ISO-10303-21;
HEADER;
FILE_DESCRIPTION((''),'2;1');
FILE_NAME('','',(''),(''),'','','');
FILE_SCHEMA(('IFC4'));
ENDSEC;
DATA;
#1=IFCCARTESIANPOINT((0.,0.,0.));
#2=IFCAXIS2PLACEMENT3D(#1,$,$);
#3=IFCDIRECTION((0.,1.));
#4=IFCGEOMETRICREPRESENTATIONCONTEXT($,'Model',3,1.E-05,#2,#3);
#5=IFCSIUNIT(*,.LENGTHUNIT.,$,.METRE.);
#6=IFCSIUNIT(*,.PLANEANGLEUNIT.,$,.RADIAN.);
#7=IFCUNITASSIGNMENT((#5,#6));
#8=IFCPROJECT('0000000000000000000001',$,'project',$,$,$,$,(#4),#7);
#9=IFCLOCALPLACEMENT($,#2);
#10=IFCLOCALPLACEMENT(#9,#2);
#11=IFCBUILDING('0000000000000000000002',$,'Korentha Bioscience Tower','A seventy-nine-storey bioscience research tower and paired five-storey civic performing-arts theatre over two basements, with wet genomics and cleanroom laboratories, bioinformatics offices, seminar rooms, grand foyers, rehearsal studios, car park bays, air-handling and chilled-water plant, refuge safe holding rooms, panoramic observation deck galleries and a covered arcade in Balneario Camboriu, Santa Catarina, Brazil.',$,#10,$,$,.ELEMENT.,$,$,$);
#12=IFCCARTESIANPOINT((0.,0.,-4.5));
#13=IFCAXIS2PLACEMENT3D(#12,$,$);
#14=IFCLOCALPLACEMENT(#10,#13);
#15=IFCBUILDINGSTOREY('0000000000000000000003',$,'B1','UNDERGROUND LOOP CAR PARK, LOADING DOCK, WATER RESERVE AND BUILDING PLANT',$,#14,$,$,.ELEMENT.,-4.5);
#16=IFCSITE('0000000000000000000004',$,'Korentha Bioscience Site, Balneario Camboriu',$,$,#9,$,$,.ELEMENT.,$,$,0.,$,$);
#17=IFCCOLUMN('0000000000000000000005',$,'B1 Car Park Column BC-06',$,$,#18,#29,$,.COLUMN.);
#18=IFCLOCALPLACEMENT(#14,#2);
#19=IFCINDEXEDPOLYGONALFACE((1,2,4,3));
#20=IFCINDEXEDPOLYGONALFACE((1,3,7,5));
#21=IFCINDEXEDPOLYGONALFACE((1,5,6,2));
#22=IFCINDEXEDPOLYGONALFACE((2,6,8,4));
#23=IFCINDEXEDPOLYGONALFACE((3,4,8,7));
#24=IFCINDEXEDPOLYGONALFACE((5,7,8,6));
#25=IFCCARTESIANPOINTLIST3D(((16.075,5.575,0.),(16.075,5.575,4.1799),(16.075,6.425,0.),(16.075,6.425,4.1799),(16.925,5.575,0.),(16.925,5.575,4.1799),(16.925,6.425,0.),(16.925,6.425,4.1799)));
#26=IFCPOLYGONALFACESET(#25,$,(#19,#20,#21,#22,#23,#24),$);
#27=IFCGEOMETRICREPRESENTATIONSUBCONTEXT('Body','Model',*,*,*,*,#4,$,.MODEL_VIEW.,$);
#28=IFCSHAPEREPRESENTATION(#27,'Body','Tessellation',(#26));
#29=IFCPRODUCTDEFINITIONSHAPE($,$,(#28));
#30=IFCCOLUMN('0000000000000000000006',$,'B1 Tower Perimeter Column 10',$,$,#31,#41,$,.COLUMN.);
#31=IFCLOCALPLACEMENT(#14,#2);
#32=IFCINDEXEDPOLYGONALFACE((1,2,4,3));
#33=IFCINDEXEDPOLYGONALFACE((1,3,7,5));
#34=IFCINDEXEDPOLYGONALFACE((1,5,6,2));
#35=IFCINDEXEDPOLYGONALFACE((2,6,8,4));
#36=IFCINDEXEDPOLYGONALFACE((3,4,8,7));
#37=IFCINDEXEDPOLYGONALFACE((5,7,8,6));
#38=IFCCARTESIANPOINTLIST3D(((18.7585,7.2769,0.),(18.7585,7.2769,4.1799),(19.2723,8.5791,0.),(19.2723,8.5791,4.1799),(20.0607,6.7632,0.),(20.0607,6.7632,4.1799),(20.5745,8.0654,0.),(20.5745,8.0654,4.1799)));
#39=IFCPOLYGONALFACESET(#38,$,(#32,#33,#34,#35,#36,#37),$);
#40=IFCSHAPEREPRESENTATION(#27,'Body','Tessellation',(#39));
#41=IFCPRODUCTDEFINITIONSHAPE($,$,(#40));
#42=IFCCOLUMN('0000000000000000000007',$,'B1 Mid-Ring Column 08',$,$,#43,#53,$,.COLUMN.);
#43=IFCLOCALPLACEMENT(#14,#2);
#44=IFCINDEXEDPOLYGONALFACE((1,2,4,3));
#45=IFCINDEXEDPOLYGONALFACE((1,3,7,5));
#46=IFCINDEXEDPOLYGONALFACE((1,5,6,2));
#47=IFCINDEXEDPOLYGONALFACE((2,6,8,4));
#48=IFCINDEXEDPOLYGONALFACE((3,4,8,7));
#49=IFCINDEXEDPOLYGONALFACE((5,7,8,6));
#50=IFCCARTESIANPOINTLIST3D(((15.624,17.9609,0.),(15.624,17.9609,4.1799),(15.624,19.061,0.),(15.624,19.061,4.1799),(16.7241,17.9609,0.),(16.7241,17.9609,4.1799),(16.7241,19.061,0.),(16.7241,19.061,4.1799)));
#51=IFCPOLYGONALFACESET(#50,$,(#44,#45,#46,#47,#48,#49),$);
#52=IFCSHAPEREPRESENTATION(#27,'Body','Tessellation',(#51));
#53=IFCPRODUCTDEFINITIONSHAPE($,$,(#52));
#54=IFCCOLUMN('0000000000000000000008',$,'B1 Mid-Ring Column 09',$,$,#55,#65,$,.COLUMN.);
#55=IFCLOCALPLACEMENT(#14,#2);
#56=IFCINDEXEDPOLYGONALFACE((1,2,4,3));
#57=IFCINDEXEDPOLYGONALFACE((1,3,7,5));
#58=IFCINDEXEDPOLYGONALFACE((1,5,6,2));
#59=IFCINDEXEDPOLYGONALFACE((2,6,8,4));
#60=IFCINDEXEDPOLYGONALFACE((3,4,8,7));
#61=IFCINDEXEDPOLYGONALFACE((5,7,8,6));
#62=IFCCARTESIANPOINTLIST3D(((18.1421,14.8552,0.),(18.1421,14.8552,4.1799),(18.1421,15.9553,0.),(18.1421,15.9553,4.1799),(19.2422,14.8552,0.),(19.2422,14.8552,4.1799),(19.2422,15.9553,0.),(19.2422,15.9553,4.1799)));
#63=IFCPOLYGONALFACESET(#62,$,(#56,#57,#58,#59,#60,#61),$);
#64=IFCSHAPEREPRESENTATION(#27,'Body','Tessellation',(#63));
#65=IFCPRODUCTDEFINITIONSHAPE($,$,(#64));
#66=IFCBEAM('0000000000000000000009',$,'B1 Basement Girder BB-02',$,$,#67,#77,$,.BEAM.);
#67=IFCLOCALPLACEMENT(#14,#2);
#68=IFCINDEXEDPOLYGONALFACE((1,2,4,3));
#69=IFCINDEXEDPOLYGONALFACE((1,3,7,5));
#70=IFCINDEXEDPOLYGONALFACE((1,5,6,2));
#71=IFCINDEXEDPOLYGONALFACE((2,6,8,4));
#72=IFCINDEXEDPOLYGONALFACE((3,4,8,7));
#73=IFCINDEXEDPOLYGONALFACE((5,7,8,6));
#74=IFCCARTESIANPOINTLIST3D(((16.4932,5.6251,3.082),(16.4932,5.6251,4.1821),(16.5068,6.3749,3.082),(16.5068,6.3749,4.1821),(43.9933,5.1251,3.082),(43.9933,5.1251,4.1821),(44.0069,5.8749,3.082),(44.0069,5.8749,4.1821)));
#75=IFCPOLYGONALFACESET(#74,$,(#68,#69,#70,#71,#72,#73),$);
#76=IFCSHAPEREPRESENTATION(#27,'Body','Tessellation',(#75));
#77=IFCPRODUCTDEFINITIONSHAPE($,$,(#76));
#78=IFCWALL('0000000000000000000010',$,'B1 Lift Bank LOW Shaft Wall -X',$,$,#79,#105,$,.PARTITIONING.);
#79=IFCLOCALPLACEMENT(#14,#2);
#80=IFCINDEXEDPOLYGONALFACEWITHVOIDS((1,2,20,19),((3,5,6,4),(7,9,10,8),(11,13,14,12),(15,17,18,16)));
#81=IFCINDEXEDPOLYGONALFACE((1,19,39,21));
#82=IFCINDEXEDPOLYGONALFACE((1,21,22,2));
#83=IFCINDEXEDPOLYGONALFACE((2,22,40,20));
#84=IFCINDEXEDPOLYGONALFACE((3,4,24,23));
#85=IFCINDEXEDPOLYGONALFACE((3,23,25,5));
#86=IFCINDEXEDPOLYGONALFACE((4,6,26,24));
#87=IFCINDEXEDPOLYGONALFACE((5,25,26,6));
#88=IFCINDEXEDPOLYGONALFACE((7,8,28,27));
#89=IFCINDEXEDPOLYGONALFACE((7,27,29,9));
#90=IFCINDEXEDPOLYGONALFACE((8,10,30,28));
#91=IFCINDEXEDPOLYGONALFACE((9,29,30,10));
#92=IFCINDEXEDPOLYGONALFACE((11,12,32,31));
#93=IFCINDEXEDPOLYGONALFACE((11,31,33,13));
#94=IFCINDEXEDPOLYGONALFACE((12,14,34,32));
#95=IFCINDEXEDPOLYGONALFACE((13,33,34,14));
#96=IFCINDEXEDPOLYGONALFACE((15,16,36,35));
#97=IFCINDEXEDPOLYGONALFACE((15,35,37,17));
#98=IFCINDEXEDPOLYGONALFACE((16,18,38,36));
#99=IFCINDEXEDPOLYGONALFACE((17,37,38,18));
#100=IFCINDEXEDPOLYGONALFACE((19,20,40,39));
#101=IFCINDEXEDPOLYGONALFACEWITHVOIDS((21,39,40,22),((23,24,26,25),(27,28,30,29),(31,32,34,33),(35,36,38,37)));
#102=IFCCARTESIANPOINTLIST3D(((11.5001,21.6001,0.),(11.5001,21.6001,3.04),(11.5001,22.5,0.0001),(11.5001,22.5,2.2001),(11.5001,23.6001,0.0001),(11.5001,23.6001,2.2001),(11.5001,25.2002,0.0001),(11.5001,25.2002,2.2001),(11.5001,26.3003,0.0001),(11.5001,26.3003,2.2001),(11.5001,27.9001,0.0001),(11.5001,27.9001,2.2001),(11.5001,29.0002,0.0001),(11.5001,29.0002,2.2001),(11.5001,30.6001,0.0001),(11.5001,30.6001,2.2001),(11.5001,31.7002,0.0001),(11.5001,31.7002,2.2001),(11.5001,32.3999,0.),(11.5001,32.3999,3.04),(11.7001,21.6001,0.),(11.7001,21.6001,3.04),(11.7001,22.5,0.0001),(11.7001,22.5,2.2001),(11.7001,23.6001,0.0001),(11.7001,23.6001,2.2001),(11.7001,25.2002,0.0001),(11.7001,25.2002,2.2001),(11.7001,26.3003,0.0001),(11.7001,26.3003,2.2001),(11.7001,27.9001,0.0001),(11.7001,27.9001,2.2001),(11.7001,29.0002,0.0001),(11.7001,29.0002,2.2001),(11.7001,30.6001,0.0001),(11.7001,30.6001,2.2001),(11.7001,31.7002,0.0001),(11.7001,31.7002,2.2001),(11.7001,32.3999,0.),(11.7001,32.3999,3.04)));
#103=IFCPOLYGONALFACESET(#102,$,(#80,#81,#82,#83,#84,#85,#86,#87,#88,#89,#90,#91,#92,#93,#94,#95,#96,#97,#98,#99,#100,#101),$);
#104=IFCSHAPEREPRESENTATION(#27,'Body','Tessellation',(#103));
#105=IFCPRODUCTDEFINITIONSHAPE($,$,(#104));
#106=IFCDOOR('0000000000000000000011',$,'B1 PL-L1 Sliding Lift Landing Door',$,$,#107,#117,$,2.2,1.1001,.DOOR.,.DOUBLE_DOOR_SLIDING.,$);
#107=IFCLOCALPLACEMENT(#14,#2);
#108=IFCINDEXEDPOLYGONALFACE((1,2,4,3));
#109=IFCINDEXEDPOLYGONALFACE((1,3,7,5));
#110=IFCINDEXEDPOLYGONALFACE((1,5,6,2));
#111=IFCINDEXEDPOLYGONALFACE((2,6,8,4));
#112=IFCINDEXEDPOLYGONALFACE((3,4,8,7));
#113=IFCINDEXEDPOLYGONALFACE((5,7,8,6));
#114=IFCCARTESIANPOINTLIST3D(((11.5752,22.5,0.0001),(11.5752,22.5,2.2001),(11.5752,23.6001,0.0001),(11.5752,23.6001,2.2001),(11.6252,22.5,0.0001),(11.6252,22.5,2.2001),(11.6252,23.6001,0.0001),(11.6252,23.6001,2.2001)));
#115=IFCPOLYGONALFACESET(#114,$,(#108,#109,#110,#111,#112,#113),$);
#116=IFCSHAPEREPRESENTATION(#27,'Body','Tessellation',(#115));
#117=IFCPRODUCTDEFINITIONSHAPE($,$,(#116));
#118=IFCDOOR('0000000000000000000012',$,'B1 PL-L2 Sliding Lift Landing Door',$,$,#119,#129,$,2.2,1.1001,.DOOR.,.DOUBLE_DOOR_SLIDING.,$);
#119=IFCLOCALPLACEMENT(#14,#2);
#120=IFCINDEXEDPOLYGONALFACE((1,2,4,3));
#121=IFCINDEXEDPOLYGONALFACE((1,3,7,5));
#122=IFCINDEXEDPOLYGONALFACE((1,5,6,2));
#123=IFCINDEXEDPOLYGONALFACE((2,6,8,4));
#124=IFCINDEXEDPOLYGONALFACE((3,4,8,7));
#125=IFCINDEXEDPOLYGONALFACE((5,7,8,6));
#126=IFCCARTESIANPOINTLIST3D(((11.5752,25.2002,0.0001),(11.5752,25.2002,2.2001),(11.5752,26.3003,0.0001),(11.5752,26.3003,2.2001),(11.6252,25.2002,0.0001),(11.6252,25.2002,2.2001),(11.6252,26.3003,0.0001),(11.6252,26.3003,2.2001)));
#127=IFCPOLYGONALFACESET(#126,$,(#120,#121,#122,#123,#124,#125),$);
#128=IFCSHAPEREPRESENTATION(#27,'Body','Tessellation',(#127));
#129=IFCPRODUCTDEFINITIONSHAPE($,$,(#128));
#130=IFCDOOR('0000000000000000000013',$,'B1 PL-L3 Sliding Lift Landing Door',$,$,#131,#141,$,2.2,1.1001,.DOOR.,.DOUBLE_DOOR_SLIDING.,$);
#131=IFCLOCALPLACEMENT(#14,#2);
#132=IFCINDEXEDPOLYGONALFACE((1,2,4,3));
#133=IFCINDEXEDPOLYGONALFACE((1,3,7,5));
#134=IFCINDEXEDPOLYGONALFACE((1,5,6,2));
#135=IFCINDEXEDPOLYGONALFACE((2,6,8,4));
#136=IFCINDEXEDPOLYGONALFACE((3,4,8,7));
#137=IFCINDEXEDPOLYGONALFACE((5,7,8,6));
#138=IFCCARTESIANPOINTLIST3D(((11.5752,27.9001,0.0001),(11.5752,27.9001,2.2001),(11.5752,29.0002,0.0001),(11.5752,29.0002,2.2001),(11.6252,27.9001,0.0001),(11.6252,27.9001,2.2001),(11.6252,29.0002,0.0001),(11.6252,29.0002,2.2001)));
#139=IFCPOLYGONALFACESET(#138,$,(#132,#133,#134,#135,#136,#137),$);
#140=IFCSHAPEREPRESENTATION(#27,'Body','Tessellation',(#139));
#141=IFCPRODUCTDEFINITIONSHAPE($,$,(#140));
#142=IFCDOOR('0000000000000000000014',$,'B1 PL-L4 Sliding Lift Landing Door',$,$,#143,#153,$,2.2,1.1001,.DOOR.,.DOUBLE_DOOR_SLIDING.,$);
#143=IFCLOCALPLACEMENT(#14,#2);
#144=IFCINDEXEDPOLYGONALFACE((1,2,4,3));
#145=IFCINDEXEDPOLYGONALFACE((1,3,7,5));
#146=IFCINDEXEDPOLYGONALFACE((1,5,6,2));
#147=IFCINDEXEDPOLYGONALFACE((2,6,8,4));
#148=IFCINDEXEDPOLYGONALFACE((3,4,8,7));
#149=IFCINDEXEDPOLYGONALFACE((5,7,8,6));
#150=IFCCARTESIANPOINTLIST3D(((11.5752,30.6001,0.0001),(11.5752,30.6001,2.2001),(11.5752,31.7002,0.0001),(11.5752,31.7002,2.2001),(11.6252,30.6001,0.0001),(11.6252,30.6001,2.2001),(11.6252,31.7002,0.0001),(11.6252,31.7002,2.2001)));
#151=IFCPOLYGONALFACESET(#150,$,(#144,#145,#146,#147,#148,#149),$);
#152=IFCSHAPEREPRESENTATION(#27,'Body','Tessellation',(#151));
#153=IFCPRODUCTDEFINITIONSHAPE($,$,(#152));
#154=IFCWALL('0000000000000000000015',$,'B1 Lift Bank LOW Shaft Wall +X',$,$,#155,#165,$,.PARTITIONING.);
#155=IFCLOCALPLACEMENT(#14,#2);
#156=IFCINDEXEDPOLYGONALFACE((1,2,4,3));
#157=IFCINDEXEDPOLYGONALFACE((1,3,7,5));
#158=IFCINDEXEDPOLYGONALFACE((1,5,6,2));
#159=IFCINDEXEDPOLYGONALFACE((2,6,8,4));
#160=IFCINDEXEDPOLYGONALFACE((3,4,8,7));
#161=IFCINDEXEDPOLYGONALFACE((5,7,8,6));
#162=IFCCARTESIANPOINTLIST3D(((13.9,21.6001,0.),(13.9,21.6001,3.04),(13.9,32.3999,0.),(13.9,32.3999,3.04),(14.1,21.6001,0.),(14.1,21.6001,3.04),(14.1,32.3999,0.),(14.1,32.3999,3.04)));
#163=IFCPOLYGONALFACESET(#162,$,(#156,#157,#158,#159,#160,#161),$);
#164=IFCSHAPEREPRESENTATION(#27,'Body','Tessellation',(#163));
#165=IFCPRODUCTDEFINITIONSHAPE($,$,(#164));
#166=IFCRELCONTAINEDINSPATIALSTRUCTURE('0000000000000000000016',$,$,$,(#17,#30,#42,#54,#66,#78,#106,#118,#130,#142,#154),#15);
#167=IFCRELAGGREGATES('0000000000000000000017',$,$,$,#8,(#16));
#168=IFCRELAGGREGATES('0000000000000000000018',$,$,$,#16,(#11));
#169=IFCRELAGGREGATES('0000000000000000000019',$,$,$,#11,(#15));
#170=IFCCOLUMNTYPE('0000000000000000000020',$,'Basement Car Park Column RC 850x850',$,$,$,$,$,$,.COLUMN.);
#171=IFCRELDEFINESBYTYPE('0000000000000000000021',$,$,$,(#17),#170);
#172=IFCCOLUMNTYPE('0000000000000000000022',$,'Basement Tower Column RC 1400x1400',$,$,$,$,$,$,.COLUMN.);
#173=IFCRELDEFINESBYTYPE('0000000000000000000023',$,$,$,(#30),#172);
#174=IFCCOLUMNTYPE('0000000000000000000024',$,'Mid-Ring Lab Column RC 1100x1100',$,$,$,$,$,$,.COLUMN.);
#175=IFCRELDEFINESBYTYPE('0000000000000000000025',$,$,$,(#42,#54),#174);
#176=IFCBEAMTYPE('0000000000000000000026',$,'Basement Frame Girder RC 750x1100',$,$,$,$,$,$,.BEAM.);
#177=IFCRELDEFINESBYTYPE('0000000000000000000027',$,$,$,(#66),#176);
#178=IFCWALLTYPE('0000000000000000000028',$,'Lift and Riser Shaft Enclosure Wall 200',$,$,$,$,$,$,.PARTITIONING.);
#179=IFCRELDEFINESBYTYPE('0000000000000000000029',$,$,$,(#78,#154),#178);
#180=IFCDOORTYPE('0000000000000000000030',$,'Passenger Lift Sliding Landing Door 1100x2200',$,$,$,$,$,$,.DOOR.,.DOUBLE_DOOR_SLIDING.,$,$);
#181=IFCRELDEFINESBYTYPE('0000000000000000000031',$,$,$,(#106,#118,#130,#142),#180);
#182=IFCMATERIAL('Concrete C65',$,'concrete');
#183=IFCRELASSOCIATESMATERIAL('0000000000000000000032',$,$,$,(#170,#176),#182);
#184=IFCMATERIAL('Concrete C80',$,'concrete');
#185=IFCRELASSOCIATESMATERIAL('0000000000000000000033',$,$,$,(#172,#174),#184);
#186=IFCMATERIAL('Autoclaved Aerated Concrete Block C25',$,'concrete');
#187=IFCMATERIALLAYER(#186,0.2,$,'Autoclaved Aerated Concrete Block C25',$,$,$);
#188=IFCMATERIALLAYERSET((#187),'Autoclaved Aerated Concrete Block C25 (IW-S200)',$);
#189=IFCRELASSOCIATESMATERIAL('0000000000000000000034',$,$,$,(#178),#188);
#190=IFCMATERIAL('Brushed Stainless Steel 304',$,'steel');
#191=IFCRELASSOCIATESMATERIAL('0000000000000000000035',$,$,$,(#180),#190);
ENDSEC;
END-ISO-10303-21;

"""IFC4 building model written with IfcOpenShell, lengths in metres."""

from ifc_helpers import new_model, si_unit, direction, frame, frame_2d, origin, origin_2d, place, context, subcontext, project, spatial, rectangle, extrude, material, layer, layer_set, material_profile, profile_set, type_object, element, fill, save


model = new_model("IFC4")

# Units and contexts
model_context = context("Model", 3, precision=1e-05, world=origin(), true_north=direction((0.0, 1.0)))
body_context = subcontext(model_context, "Body", "Model", "MODEL_VIEW")
ifc_project = project(units=[si_unit("LENGTHUNIT", "METRE"), si_unit("PLANEANGLEUNIT", "RADIAN")], contexts=[model_context])

# Site, building, storey
site_placement = place(None, origin())
site = spatial("IfcSite", under=ifc_project, at=site_placement, Name="Korentha Bioscience Site, Balneario Camboriu", CompositionType="ELEMENT", RefElevation=0.0)
building_placement = place(site_placement, origin())
building = spatial("IfcBuilding", under=site, at=building_placement, Name="Korentha Bioscience Tower", Description="A seventy-nine-storey bioscience research tower and paired five-storey civic performing-arts theatre over two basements, with wet genomics and cleanroom laboratories, bioinformatics offices, seminar rooms, grand foyers, rehearsal studios, car park bays, air-handling and chilled-water plant, refuge safe holding rooms, panoramic observation deck galleries and a covered arcade in Balneario Camboriu, Santa Catarina, Brazil.", CompositionType="ELEMENT")
storey_placement = place(building_placement, frame((0.0, 0.0, -4.5)))
storey = spatial("IfcBuildingStorey", under=building, at=storey_placement, Name="B1", Description="UNDERGROUND LOOP CAR PARK, LOADING DOCK, WATER RESERVE AND BUILDING PLANT", CompositionType="ELEMENT", Elevation=-4.5)

# Columns
ifc_material_1 = material(Name="Concrete C65", Category="concrete")
ifc_material_profile_1 = material_profile(ifc_material_1, rectangle(XDim=0.8501, YDim=0.8501, at=origin_2d()), Name="Concrete C65")
ifc_profile_set_1 = profile_set([ifc_material_profile_1], Name="Concrete C65 (BC-01)")
column_type_1 = type_object("IfcColumnType", Name="Basement Car Park Column RC 850x850", PredefinedType="COLUMN", material=ifc_profile_set_1)
column_1_placement = place(storey_placement, frame((16.5, 6.0, 0.0), z_axis=(0.0, 0.0, 1.0), x_axis=(1.0, 0.0, 0.0)))
element("IfcColumn", 1, at=column_1_placement, inside=storey, type_object=column_type_1, Name="B1 Car Park Column BC-06", PredefinedType="COLUMN", context=body_context, shape_type="SweptSolid", body=[
    extrude(rectangle(XDim=0.8501, YDim=0.8501, at=origin_2d()), origin(), (0.0, 0.0, 1.0), 4.1799),
])
ifc_material_2 = material(Name="Concrete C80", Category="concrete")
ifc_material_profile_2 = material_profile(ifc_material_2, rectangle(XDim=1.3999, YDim=1.3999, at=origin_2d()), Name="Concrete C80")
ifc_profile_set_2 = profile_set([ifc_material_profile_2], Name="Concrete C80 (COL-B14)")
column_type_2 = type_object("IfcColumnType", Name="Basement Tower Column RC 1400x1400", PredefinedType="COLUMN", material=ifc_profile_set_2)
column_2_placement = place(storey_placement, frame((19.6665, 7.6711, 0.0), z_axis=(0.0, 0.0, 1.0), x_axis=(-0.930226, 0.366988, 0.0)))
element("IfcColumn", 2, at=column_2_placement, inside=storey, type_object=column_type_2, Name="B1 Tower Perimeter Column 10", PredefinedType="COLUMN", context=body_context, shape_type="SweptSolid", body=[
    extrude(rectangle(XDim=1.3999, YDim=1.3999, at=origin_2d()), origin(), (0.0, 0.0, 1.0), 4.1799),
])
ifc_material_profile_3 = material_profile(ifc_material_2, rectangle(XDim=1.1001, YDim=1.1001, at=origin_2d()), Name="Concrete C80")
ifc_profile_set_3 = profile_set([ifc_material_profile_3], Name="Concrete C80 (COL-MR11)")
column_type_3 = type_object("IfcColumnType", Name="Mid-Ring Lab Column RC 1100x1100", PredefinedType="COLUMN", material=ifc_profile_set_3)
for number, where, z_axis, x_axis, name in (
    (3, (16.1741, 18.511, 0.0), (0.0, 0.0, 1.0), (1.0, 0.0, 0.0), "B1 Mid-Ring Column 08"),
    (4, (18.6921, 15.4053, 0.0), (0.0, 0.0, 1.0), (1.0, 0.0, 0.0), "B1 Mid-Ring Column 09"),
):
    element("IfcColumn", number, at=place(storey_placement, frame(where, z_axis=z_axis, x_axis=x_axis)), inside=storey, type_object=column_type_3, Name=name, PredefinedType="COLUMN", context=body_context, shape_type="SweptSolid", body=[
        extrude(rectangle(XDim=1.1001, YDim=1.1001, at=origin_2d()), origin(), (0.0, 0.0, 1.0), 4.1799),
    ])

# Beam
ifc_material_profile_4 = material_profile(ifc_material_1, rectangle(XDim=0.75, YDim=1.1001, at=origin_2d()), Name="Concrete C65")
ifc_profile_set_4 = profile_set([ifc_material_profile_4], Name="Concrete C65 (BB-750)")
beam_type = type_object("IfcBeamType", Name="Basement Frame Girder RC 750x1100", PredefinedType="BEAM", material=ifc_profile_set_4)
beam_placement = place(storey_placement, frame((16.5, 6.0, 3.6321), z_axis=(0.999835, -0.018179, 0.0), x_axis=(0.018179, 0.999835, 0.0)))
element("IfcBeam", 5, at=beam_placement, inside=storey, type_object=beam_type, Name="B1 Basement Girder BB-02", PredefinedType="BEAM", context=body_context, shape_type="SweptSolid", body=[
    extrude(rectangle(XDim=0.75, YDim=1.1001, at=origin_2d()), origin(), (0.0, 0.0, 1.0), 27.5046),
])

# Wall, openings, doors
ifc_material_3 = material(Name="Autoclaved Aerated Concrete Block C25", Category="concrete")
ifc_layer = layer(ifc_material_3, 0.2, Name="Autoclaved Aerated Concrete Block C25")
ifc_layer_set = layer_set([ifc_layer], Name="Autoclaved Aerated Concrete Block C25 (IW-S200)")
wall_type = type_object("IfcWallType", Name="Lift and Riser Shaft Enclosure Wall 200", PredefinedType="PARTITIONING", material=ifc_layer_set)
wall_1_placement = place(storey_placement, frame((11.6001, 21.6001, 0.0), z_axis=(0.0, 0.0, 1.0), x_axis=(0.0, 1.0, 0.0)))
wall_1 = element("IfcWall", 6, at=wall_1_placement, inside=storey, type_object=wall_type, Name="B1 Lift Bank LOW Shaft Wall -X", PredefinedType="PARTITIONING", context=body_context, shape_type="SweptSolid", body=[
    extrude(rectangle(XDim=10.7998, YDim=0.2, at=frame_2d((5.3999, 0.0))), origin(), (0.0, 0.0, 1.0), 3.04),
])
opening_1_placement = place(wall_1_placement, frame((0.8999, 0.0, 0.0)))
opening_1 = element("IfcOpeningElement", 7, at=opening_1_placement, cuts=wall_1, PredefinedType="OPENING", context=body_context, shape_type="SweptSolid", body=[
    extrude(rectangle(XDim=1.1001, YDim=2.2, at=frame_2d((0.55, 1.1001))), frame((0.0, 0.1147, 0.0), z_axis=(0.0, -1.0, 0.0), x_axis=(1.0, 0.0, 0.0)), (0.0, 0.0, 1.0), 0.2297),
])
opening_2_placement = place(wall_1_placement, frame((3.6001, 0.0, 0.0)))
opening_2 = element("IfcOpeningElement", 8, at=opening_2_placement, cuts=wall_1, PredefinedType="OPENING", context=body_context, shape_type="SweptSolid", body=[
    extrude(rectangle(XDim=1.1001, YDim=2.2, at=frame_2d((0.55, 1.1001))), frame((0.0, 0.1147, 0.0), z_axis=(0.0, -1.0, 0.0), x_axis=(1.0, 0.0, 0.0)), (0.0, 0.0, 1.0), 0.2297),
])
opening_3_placement = place(wall_1_placement, frame((6.3, 0.0, 0.0)))
opening_3 = element("IfcOpeningElement", 9, at=opening_3_placement, cuts=wall_1, PredefinedType="OPENING", context=body_context, shape_type="SweptSolid", body=[
    extrude(rectangle(XDim=1.1001, YDim=2.2, at=frame_2d((0.55, 1.1001))), frame((0.0, 0.1147, 0.0), z_axis=(0.0, -1.0, 0.0), x_axis=(1.0, 0.0, 0.0)), (0.0, 0.0, 1.0), 0.2297),
])
opening_4_placement = place(wall_1_placement, frame((9.0, 0.0, 0.0)))
opening_4 = element("IfcOpeningElement", 10, at=opening_4_placement, cuts=wall_1, PredefinedType="OPENING", context=body_context, shape_type="SweptSolid", body=[
    extrude(rectangle(XDim=1.1001, YDim=2.2, at=frame_2d((0.55, 1.1001))), frame((0.0, 0.1147, 0.0), z_axis=(0.0, -1.0, 0.0), x_axis=(1.0, 0.0, 0.0)), (0.0, 0.0, 1.0), 0.2297),
])
ifc_material_4 = material(Name="Brushed Stainless Steel 304", Category="steel")
door_type = type_object("IfcDoorType", Name="Passenger Lift Sliding Landing Door 1100x2200", OperationType="DOUBLE_DOOR_SLIDING", PredefinedType="DOOR", material=ifc_material_4)
door_1_placement = place(opening_1_placement, origin())
door_1 = element("IfcDoor", 11, at=door_1_placement, inside=storey, type_object=door_type, Name="B1 PL-L1 Sliding Lift Landing Door", OperationType="DOUBLE_DOOR_SLIDING", OverallHeight=2.2, OverallWidth=1.1001, PredefinedType="DOOR", context=body_context, shape_type="SweptSolid", body=[
    extrude(rectangle(XDim=1.1001, YDim=2.2, at=frame_2d((0.55, 1.1001))), frame((0.0, 0.0249, 0.0), z_axis=(0.0, -1.0, 0.0), x_axis=(1.0, 0.0, 0.0)), (0.0, 0.0, 1.0), 0.05),
])
fill(opening_1, door_1)
door_2_placement = place(opening_2_placement, origin())
door_2 = element("IfcDoor", 12, at=door_2_placement, inside=storey, type_object=door_type, Name="B1 PL-L2 Sliding Lift Landing Door", OperationType="DOUBLE_DOOR_SLIDING", OverallHeight=2.2, OverallWidth=1.1001, PredefinedType="DOOR", context=body_context, shape_type="SweptSolid", body=[
    extrude(rectangle(XDim=1.1001, YDim=2.2, at=frame_2d((0.55, 1.1001))), frame((0.0, 0.0249, 0.0), z_axis=(0.0, -1.0, 0.0), x_axis=(1.0, 0.0, 0.0)), (0.0, 0.0, 1.0), 0.05),
])
fill(opening_2, door_2)
door_3_placement = place(opening_3_placement, origin())
door_3 = element("IfcDoor", 13, at=door_3_placement, inside=storey, type_object=door_type, Name="B1 PL-L3 Sliding Lift Landing Door", OperationType="DOUBLE_DOOR_SLIDING", OverallHeight=2.2, OverallWidth=1.1001, PredefinedType="DOOR", context=body_context, shape_type="SweptSolid", body=[
    extrude(rectangle(XDim=1.1001, YDim=2.2, at=frame_2d((0.55, 1.1001))), frame((0.0, 0.0249, 0.0), z_axis=(0.0, -1.0, 0.0), x_axis=(1.0, 0.0, 0.0)), (0.0, 0.0, 1.0), 0.05),
])
fill(opening_3, door_3)
door_4_placement = place(opening_4_placement, origin())
door_4 = element("IfcDoor", 14, at=door_4_placement, inside=storey, type_object=door_type, Name="B1 PL-L4 Sliding Lift Landing Door", OperationType="DOUBLE_DOOR_SLIDING", OverallHeight=2.2, OverallWidth=1.1001, PredefinedType="DOOR", context=body_context, shape_type="SweptSolid", body=[
    extrude(rectangle(XDim=1.1001, YDim=2.2, at=frame_2d((0.55, 1.1001))), frame((0.0, 0.0249, 0.0), z_axis=(0.0, -1.0, 0.0), x_axis=(1.0, 0.0, 0.0)), (0.0, 0.0, 1.0), 0.05),
])
fill(opening_4, door_4)

# Wall
wall_2_placement = place(storey_placement, frame((14.0, 21.6001, 0.0), z_axis=(0.0, 0.0, 1.0), x_axis=(0.0, 1.0, 0.0)))
element("IfcWall", 15, at=wall_2_placement, inside=storey, type_object=wall_type, Name="B1 Lift Bank LOW Shaft Wall +X", PredefinedType="PARTITIONING", context=body_context, shape_type="SweptSolid", body=[
    extrude(rectangle(XDim=10.7998, YDim=0.2, at=frame_2d((5.3999, 0.0))), origin(), (0.0, 0.0, 1.0), 3.04),
])

save(model, "model.ifc")
